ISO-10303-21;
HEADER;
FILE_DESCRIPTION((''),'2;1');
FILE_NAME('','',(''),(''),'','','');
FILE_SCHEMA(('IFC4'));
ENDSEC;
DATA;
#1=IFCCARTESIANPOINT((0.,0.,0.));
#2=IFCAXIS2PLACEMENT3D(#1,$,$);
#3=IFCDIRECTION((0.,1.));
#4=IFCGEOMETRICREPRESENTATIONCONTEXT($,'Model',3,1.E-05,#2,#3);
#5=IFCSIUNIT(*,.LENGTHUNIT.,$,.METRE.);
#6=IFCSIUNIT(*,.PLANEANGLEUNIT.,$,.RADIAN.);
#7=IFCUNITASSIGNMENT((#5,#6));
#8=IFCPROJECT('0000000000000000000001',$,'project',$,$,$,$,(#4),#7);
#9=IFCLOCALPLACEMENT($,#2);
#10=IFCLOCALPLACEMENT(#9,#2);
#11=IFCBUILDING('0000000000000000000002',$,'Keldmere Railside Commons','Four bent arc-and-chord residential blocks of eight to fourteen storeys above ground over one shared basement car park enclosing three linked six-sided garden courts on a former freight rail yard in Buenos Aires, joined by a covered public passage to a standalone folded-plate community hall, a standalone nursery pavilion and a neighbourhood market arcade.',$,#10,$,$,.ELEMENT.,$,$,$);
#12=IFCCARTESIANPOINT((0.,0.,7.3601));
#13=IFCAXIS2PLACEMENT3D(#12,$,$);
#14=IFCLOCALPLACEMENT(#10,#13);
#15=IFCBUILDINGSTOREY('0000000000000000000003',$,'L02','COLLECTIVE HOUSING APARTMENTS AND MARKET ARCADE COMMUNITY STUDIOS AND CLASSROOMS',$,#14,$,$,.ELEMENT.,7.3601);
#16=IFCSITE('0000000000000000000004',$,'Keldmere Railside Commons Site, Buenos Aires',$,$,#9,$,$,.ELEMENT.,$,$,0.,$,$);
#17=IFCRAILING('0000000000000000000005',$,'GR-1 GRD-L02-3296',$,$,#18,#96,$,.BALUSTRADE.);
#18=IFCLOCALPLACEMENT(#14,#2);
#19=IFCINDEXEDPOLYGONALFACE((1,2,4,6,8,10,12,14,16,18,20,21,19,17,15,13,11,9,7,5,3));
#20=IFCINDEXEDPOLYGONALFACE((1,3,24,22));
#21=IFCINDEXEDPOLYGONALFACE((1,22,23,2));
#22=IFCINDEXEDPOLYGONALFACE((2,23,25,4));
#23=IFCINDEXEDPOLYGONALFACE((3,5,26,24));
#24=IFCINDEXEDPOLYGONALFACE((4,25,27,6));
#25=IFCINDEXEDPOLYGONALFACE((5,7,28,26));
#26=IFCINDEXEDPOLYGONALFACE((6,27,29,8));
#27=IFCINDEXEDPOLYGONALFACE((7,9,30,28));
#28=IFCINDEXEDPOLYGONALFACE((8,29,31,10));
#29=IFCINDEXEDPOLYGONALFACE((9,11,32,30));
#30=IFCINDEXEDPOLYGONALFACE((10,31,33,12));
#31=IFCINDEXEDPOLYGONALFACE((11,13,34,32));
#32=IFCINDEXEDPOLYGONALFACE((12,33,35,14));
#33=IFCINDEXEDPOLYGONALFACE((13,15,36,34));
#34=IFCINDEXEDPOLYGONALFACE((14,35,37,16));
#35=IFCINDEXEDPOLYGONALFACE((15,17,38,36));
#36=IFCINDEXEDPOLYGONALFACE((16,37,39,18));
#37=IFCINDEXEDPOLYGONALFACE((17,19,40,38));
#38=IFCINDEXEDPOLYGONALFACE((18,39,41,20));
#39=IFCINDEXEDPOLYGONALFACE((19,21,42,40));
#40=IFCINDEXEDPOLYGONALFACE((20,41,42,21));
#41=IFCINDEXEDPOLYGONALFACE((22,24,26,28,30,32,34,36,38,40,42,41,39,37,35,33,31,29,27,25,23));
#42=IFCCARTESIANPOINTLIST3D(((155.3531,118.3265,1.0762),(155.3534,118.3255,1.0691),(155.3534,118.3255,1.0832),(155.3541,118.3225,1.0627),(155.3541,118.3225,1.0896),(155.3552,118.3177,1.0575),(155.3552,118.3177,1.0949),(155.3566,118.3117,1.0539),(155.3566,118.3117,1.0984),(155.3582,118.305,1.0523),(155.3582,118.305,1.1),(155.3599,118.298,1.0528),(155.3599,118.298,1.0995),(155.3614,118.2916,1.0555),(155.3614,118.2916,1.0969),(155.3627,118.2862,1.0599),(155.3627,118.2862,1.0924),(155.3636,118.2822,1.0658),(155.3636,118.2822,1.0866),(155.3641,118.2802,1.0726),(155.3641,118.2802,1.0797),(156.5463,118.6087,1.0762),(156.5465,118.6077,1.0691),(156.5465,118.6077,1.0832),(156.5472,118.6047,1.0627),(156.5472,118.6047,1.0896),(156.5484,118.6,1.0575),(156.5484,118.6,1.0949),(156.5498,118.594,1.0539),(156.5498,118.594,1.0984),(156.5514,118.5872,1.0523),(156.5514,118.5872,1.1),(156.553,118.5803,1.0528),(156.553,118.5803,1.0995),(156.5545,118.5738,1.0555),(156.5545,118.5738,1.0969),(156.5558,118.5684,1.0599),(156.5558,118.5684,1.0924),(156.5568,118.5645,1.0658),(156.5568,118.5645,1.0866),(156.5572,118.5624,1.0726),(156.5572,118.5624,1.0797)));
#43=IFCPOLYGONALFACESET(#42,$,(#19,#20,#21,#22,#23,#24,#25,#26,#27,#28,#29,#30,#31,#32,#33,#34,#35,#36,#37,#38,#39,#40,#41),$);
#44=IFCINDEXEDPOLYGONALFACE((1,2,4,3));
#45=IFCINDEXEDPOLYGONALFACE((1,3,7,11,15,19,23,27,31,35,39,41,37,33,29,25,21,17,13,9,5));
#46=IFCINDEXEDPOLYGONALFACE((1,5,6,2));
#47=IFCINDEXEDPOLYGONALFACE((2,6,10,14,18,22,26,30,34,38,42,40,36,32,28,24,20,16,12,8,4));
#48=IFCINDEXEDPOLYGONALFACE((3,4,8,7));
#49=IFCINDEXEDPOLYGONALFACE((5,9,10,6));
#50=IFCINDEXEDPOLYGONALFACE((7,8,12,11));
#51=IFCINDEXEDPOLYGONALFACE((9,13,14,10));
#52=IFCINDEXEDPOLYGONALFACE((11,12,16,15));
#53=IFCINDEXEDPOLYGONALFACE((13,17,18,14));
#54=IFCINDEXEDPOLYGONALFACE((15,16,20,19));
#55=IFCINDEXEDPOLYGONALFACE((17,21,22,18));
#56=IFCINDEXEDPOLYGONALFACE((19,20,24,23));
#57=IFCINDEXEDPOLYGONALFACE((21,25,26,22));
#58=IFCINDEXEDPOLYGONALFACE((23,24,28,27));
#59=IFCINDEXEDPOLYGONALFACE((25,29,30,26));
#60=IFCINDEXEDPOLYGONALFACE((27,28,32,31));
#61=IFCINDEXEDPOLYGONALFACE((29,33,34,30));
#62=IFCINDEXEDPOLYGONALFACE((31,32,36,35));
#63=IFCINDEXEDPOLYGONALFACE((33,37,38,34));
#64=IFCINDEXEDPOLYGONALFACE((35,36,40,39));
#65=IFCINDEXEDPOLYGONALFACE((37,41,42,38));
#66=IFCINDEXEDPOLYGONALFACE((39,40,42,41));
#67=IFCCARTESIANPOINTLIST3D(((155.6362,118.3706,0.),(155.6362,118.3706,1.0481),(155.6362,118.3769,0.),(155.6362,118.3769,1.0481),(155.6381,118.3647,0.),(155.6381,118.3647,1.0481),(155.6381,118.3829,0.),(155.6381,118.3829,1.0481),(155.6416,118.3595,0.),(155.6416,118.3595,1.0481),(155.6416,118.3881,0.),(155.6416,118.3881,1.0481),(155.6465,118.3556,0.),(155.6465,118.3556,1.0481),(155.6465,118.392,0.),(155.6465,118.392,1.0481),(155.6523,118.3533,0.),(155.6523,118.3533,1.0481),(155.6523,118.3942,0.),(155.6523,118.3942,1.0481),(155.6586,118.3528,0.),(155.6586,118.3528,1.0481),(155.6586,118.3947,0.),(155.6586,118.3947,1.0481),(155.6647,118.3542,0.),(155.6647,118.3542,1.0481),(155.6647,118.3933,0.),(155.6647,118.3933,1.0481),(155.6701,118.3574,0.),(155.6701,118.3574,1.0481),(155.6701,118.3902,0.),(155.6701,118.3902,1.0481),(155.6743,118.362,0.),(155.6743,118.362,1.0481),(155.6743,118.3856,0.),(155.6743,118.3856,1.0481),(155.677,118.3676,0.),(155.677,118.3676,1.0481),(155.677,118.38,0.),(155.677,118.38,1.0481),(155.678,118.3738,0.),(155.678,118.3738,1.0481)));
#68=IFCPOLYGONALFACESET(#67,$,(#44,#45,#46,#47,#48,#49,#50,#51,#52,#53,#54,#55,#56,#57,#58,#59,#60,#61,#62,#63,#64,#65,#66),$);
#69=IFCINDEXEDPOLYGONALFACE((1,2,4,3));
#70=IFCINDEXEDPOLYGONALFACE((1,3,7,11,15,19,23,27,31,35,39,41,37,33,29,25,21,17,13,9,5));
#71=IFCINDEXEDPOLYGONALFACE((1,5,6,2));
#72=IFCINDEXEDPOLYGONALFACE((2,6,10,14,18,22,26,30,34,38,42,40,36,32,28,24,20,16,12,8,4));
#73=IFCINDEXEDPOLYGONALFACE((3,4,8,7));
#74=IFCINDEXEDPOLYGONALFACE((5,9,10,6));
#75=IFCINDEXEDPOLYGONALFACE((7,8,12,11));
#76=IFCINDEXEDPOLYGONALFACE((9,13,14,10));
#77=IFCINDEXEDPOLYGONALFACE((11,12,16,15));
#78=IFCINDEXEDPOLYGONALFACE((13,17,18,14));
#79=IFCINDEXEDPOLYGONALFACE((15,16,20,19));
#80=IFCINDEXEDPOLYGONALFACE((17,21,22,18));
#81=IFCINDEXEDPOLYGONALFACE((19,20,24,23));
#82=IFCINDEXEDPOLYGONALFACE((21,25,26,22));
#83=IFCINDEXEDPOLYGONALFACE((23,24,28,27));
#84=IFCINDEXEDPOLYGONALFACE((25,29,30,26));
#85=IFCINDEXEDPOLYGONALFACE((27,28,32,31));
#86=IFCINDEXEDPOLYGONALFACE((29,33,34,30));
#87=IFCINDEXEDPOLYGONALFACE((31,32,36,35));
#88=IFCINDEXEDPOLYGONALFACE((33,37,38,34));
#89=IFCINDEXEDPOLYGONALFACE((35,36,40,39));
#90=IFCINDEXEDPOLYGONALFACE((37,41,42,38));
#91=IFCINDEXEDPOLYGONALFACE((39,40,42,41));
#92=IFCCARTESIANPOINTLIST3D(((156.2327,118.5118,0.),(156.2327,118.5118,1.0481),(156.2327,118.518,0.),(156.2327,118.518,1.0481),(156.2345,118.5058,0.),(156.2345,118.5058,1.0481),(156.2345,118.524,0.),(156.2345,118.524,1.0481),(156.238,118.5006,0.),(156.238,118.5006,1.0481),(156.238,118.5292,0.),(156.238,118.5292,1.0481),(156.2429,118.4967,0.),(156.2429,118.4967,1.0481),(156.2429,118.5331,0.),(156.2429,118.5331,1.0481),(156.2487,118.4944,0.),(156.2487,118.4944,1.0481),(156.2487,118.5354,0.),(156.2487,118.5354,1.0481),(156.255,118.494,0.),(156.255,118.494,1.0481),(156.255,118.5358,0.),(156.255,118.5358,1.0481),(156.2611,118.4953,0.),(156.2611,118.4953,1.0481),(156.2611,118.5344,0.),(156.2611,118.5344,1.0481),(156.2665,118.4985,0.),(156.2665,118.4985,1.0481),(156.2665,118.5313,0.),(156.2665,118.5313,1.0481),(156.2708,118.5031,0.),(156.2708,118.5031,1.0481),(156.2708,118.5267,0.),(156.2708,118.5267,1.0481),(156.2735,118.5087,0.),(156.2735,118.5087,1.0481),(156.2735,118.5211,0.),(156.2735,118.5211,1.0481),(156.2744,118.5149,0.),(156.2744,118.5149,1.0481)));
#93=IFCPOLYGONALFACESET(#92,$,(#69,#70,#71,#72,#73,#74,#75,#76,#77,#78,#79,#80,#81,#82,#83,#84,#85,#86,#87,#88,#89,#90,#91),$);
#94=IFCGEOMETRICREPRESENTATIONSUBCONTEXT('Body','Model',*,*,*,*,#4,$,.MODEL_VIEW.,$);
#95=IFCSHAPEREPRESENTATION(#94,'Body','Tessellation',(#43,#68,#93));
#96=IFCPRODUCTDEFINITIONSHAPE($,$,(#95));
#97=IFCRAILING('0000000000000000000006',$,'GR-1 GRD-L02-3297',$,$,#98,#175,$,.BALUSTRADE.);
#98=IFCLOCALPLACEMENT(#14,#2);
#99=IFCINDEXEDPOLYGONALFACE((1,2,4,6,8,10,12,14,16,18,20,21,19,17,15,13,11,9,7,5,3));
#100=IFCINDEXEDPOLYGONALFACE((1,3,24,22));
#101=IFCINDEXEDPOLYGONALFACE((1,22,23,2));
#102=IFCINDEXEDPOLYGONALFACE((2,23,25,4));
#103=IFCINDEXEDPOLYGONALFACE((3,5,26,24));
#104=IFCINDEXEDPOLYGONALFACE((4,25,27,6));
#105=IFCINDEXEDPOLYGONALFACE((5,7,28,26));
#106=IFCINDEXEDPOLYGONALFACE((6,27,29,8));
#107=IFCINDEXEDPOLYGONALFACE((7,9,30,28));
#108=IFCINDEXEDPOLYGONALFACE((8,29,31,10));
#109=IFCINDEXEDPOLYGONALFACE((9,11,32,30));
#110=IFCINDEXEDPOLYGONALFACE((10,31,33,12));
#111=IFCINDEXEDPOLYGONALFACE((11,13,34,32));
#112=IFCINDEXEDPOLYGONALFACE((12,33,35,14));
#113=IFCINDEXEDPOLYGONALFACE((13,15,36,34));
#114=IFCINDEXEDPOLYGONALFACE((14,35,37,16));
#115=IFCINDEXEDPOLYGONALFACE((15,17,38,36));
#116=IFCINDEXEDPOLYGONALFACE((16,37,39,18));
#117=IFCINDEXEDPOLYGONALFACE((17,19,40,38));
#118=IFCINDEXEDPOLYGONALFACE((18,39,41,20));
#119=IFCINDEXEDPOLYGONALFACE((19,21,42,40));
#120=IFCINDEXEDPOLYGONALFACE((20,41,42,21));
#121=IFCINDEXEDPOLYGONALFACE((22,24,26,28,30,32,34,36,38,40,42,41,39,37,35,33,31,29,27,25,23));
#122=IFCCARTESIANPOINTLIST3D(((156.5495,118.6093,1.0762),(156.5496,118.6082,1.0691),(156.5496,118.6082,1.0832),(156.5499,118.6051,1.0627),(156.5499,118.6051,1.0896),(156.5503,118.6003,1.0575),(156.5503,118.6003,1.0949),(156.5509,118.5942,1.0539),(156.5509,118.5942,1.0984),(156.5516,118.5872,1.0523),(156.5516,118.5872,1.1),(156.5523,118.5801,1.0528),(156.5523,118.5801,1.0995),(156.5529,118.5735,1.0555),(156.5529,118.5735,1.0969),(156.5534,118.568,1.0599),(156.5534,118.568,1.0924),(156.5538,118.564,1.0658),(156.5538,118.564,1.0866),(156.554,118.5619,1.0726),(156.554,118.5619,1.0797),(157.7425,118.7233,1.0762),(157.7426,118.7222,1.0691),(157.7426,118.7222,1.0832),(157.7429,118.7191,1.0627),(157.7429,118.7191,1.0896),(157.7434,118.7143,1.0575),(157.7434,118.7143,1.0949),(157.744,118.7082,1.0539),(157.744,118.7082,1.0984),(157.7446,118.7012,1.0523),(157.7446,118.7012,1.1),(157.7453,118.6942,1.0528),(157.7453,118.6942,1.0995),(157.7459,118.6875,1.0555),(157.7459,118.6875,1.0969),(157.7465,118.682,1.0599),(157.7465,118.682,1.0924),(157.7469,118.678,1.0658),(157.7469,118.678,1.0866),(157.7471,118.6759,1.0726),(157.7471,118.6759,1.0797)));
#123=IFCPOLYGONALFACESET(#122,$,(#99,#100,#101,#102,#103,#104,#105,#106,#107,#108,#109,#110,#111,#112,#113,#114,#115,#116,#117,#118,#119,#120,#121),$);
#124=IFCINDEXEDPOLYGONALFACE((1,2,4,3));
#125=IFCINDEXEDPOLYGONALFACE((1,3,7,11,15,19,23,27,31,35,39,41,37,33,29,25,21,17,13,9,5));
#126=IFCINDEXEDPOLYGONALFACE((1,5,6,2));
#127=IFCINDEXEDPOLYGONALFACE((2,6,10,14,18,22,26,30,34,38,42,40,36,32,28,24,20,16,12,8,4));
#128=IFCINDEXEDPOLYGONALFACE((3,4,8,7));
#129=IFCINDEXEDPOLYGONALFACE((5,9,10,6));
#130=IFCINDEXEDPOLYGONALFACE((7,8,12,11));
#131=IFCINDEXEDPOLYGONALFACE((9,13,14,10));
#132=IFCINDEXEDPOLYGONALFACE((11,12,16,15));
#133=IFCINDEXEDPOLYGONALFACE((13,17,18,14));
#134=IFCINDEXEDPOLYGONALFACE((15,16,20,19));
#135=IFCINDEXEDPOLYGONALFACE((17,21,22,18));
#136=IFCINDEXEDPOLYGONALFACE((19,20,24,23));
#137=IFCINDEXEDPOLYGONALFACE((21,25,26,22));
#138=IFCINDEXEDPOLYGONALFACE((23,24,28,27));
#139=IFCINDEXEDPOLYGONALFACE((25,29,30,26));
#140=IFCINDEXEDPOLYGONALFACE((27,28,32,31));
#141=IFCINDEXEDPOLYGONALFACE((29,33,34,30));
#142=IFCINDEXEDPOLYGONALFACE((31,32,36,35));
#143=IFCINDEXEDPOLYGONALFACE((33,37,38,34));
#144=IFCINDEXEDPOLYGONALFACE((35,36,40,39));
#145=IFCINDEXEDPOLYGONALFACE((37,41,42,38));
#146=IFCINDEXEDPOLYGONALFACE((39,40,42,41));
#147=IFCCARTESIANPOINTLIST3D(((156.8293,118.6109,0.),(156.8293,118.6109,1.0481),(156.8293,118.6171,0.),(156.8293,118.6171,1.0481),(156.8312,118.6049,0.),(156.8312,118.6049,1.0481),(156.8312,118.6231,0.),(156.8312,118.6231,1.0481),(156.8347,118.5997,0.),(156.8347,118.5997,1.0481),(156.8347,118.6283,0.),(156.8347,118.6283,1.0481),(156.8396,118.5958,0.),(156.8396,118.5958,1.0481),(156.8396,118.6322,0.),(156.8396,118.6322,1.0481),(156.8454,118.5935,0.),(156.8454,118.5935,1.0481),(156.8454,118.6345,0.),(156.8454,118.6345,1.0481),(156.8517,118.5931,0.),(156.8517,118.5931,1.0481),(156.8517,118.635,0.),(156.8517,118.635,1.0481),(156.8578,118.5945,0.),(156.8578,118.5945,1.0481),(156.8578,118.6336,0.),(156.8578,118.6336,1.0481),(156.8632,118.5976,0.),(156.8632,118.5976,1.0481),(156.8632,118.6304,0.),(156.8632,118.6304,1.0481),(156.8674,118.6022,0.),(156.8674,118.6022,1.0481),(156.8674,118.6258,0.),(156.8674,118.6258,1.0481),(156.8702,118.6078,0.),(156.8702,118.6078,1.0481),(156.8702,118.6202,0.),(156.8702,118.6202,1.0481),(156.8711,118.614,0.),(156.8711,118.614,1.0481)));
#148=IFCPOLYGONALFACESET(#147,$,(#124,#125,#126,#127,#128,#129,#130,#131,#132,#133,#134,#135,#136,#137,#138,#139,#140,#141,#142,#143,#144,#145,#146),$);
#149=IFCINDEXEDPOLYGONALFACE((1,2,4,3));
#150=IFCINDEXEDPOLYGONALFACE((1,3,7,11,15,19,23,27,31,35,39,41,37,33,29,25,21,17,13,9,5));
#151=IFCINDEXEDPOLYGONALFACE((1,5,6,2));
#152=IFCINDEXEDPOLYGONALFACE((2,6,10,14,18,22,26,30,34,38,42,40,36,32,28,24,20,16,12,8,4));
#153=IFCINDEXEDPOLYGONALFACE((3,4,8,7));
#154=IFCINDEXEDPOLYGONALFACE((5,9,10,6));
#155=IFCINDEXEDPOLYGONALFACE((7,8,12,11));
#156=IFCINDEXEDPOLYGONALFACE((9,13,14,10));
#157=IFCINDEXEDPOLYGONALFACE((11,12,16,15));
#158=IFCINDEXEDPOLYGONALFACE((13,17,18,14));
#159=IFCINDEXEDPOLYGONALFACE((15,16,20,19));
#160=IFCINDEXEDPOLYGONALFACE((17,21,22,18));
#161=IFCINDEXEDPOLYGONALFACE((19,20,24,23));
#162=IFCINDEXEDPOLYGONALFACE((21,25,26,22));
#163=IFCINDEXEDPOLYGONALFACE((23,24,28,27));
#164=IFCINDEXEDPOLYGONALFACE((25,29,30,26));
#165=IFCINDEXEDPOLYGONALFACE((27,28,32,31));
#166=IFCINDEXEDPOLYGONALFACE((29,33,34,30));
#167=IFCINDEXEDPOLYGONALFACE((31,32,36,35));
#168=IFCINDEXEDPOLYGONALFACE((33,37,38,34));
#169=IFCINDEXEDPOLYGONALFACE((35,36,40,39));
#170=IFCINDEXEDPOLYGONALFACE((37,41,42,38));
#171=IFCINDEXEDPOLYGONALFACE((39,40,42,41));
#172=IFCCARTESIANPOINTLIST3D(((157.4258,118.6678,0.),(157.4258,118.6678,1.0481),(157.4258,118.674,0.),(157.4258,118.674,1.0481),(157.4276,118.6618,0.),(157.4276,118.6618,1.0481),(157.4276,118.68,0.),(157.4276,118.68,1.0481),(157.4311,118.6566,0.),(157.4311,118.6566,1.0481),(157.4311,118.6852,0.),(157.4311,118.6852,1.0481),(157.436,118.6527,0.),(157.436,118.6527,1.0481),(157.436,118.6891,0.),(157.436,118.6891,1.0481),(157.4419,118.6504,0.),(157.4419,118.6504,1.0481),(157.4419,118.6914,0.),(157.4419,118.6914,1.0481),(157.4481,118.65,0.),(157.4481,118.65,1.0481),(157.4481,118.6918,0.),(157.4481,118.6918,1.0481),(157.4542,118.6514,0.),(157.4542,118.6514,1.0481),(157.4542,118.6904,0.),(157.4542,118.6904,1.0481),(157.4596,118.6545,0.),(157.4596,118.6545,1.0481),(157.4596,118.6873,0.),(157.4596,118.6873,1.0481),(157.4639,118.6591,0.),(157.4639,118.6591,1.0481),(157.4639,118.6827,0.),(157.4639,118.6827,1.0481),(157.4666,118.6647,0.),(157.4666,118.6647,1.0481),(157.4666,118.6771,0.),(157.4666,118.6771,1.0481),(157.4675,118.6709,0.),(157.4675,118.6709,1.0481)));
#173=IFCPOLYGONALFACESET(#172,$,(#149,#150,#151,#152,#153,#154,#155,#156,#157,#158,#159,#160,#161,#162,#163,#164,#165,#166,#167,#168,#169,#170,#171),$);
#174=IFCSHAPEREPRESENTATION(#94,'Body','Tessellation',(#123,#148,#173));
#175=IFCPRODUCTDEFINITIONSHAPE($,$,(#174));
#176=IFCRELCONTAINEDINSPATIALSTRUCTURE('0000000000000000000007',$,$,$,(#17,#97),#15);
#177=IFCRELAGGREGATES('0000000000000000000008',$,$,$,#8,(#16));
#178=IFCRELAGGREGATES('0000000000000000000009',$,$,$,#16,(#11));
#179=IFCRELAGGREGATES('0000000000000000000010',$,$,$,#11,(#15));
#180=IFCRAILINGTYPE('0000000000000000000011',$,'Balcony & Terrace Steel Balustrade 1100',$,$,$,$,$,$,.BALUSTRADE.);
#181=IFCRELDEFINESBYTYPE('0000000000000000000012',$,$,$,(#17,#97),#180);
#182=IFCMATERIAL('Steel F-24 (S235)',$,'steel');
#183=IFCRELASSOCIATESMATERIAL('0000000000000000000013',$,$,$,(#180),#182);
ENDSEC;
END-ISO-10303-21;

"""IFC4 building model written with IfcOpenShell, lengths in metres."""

from ifc_helpers import new_model, si_unit, direction, frame, origin, origin_2d, place, context, subcontext, project, spatial, circle, extrude, material, type_object, element, save


model = new_model("IFC4")

# Units and contexts
model_context = context("Model", 3, precision=1e-05, world=origin(), true_north=direction((0.0, 1.0)))
body_context = subcontext(model_context, "Body", "Model", "MODEL_VIEW")
ifc_project = project(units=[si_unit("LENGTHUNIT", "METRE"), si_unit("PLANEANGLEUNIT", "RADIAN")], contexts=[model_context])

# Site, building, storey
site_placement = place(None, origin())
site = spatial("IfcSite", under=ifc_project, at=site_placement, Name="Keldmere Railside Commons Site, Buenos Aires", CompositionType="ELEMENT", RefElevation=0.0)
building_placement = place(site_placement, origin())
building = spatial("IfcBuilding", under=site, at=building_placement, Name="Keldmere Railside Commons", Description="Four bent arc-and-chord residential blocks of eight to fourteen storeys above ground over one shared basement car park enclosing three linked six-sided garden courts on a former freight rail yard in Buenos Aires, joined by a covered public passage to a standalone folded-plate community hall, a standalone nursery pavilion and a neighbourhood market arcade.", CompositionType="ELEMENT")
storey_placement = place(building_placement, frame((0.0, 0.0, 7.3601)))
storey = spatial("IfcBuildingStorey", under=building, at=storey_placement, Name="L02", Description="COLLECTIVE HOUSING APARTMENTS AND MARKET ARCADE COMMUNITY STUDIOS AND CLASSROOMS", CompositionType="ELEMENT", Elevation=7.3601)

# Railings
ifc_material_1 = material(Name="Steel F-24 (S235)", Category="steel")
railing_type = type_object("IfcRailingType", Name="Balcony & Terrace Steel Balustrade 1100", PredefinedType="BALUSTRADE", material=ifc_material_1)
railing_1_placement = place(storey_placement, frame((155.3586, 118.3032, 0.0)))
element("IfcRailing", 1, at=railing_1_placement, inside=storey, type_object=railing_type, Name="GR-1 GRD-L02-3296", PredefinedType="BALUSTRADE", context=body_context, shape_type="SweptSolid", body=[
    extrude(circle(Radius=0.0239, at=origin_2d()), frame((0.0, 0.0, 1.0762), z_axis=(0.973145, 0.230193, 0.0), x_axis=(-0.230193, 0.973145, 0.0)), (0.0, 0.0, 1.0), 1.2261),
    extrude(circle(Radius=0.021, at=origin_2d()), frame((0.2983, 0.0706, 0.0)), (0.0, 0.0, 1.0), 1.0481),
    extrude(circle(Radius=0.021, at=origin_2d()), frame((0.8948, 0.2117, 0.0)), (0.0, 0.0, 1.0), 1.0481),
])
railing_2_placement = place(storey_placement, frame((156.5518, 118.5854, 0.0)))
element("IfcRailing", 2, at=railing_2_placement, inside=storey, type_object=railing_type, Name="GR-1 GRD-L02-3297", PredefinedType="BALUSTRADE", context=body_context, shape_type="SweptSolid", body=[
    extrude(circle(Radius=0.0239, at=origin_2d()), frame((0.0, 0.0, 1.0762), z_axis=(0.995465, 0.095126, 0.0), x_axis=(-0.095126, 0.995465, 0.0)), (0.0, 0.0, 1.0), 1.1985),
    extrude(circle(Radius=0.021, at=origin_2d()), frame((0.2983, 0.0286, 0.0)), (0.0, 0.0, 1.0), 1.0481),
    extrude(circle(Radius=0.021, at=origin_2d()), frame((0.8948, 0.0854, 0.0)), (0.0, 0.0, 1.0), 1.0481),
])

save(model, "model.ifc")
